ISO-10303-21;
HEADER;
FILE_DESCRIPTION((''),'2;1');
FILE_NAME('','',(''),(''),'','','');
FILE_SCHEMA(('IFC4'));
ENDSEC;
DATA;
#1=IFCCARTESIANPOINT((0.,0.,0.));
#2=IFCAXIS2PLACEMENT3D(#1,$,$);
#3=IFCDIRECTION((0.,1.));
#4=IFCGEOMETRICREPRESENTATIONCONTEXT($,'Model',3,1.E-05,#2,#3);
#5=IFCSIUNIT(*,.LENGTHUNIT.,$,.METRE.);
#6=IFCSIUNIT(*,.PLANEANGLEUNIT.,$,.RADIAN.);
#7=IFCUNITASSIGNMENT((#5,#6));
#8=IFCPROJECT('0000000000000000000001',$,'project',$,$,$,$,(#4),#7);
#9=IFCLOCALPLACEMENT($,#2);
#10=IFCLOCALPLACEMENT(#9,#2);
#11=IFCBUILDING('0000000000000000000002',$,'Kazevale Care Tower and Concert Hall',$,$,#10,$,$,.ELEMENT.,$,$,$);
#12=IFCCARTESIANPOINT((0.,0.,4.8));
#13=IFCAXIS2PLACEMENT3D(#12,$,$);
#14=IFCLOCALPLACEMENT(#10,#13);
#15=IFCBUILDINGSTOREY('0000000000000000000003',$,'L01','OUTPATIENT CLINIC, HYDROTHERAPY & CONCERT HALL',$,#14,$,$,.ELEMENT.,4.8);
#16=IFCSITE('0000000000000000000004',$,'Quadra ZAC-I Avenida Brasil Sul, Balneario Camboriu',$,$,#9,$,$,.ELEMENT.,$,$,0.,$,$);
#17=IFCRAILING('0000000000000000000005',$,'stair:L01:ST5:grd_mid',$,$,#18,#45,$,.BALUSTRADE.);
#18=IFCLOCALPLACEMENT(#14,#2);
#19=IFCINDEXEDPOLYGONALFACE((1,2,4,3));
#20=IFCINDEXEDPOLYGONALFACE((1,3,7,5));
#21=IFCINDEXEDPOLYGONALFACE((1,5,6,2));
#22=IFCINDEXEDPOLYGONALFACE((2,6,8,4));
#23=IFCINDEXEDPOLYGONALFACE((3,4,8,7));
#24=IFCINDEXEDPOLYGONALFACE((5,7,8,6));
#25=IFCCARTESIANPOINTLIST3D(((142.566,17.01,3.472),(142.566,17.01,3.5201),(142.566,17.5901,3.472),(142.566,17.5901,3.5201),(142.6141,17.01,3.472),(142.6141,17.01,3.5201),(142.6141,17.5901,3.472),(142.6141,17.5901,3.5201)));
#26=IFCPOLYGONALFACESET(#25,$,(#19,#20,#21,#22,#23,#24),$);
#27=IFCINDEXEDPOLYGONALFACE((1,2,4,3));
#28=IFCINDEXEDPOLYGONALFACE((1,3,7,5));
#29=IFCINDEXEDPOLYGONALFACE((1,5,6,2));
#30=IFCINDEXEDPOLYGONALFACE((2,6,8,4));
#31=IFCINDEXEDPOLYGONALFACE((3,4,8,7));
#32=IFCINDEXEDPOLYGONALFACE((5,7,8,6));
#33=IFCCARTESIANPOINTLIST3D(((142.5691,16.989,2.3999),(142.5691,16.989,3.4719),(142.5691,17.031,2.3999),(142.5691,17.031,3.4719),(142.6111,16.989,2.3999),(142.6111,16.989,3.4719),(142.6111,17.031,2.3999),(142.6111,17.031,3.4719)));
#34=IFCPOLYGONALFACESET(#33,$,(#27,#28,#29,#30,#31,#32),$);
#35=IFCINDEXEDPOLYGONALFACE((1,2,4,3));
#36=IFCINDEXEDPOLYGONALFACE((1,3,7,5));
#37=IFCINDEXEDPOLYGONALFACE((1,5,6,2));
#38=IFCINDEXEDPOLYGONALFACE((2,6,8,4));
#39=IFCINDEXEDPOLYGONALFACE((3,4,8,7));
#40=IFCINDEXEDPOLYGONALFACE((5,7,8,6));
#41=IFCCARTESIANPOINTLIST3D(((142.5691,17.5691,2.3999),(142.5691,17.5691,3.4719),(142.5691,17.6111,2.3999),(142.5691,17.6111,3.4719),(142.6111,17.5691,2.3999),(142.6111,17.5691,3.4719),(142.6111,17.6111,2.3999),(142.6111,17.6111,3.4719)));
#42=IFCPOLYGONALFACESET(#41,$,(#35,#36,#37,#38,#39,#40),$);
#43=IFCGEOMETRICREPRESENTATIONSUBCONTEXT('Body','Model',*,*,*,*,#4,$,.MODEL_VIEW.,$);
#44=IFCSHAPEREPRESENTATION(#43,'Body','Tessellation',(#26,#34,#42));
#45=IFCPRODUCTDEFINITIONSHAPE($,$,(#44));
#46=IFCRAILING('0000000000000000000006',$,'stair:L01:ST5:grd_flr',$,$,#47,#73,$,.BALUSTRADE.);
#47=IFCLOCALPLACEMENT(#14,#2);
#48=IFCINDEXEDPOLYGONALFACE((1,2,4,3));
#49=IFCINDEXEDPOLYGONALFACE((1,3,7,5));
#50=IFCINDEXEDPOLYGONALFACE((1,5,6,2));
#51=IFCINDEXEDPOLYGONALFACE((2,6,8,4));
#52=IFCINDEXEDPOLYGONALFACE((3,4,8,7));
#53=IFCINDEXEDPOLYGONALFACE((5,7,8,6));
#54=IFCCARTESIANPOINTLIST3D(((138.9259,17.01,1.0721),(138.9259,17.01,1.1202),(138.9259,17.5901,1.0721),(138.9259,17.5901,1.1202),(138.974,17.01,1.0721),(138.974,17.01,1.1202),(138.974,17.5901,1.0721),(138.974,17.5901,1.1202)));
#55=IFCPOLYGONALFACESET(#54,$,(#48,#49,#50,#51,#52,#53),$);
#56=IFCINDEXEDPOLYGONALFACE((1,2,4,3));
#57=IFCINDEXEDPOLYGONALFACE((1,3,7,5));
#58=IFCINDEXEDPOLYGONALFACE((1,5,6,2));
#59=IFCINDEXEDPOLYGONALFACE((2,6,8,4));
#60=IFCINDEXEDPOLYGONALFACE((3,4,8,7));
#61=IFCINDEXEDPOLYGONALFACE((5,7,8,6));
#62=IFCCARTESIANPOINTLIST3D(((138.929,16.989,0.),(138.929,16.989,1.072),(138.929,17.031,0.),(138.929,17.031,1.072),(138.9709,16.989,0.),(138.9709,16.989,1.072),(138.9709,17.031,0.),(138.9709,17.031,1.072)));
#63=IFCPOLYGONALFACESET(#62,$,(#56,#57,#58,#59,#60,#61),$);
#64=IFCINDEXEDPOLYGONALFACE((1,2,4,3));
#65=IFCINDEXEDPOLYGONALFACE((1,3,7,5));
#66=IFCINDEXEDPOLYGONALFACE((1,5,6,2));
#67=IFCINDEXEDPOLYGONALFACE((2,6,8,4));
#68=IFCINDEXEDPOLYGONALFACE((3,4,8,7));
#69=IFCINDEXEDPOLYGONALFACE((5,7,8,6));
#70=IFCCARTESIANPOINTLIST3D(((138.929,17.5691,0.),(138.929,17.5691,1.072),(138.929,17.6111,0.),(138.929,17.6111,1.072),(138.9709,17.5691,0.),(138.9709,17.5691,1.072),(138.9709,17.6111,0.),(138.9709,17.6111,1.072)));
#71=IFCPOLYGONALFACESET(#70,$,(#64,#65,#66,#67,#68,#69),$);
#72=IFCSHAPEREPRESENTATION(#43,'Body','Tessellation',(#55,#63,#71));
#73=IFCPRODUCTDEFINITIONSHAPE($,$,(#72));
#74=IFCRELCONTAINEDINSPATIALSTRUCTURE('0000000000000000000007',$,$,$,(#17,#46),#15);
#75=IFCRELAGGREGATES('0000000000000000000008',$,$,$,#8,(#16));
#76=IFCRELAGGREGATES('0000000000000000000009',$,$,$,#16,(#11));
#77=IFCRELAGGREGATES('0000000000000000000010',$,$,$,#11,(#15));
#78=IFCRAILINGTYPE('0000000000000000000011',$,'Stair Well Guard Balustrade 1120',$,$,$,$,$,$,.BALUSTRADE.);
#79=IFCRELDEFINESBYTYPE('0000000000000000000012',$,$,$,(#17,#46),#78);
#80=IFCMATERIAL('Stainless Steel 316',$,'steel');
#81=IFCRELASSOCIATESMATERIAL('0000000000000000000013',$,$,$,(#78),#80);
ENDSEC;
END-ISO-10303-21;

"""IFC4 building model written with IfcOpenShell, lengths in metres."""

from ifc_helpers import new_model, si_unit, direction, frame, origin, origin_2d, place, context, subcontext, project, spatial, rectangle, extrude, material, type_object, element, save


model = new_model("IFC4")

# Units and contexts
model_context = context("Model", 3, precision=1e-05, world=origin(), true_north=direction((0.0, 1.0)))
body_context = subcontext(model_context, "Body", "Model", "MODEL_VIEW")
ifc_project = project(units=[si_unit("LENGTHUNIT", "METRE"), si_unit("PLANEANGLEUNIT", "RADIAN")], contexts=[model_context])

# Site, building, storey
site_placement = place(None, origin())
site = spatial("IfcSite", under=ifc_project, at=site_placement, Name="Quadra ZAC-I Avenida Brasil Sul, Balneario Camboriu", CompositionType="ELEMENT", RefElevation=0.0)
building_placement = place(site_placement, origin())
building = spatial("IfcBuilding", under=site, at=building_placement, Name="Kazevale Care Tower and Concert Hall", CompositionType="ELEMENT")
storey_placement = place(building_placement, frame((0.0, 0.0, 4.8)))
storey = spatial("IfcBuildingStorey", under=building, at=storey_placement, Name="L01", Description="OUTPATIENT CLINIC, HYDROTHERAPY & CONCERT HALL", CompositionType="ELEMENT", Elevation=4.8)

# Railings
ifc_material_1 = material(Name="Stainless Steel 316", Category="steel")
railing_type_1 = type_object("IfcRailingType", Name="Stair Well Guard Balustrade 1120", PredefinedType="BALUSTRADE", material=ifc_material_1)
for number, where, name in (
    (1, (142.5901, 17.01, 2.3999), "stair:L01:ST5:grd_mid"),
    (2, (138.95, 17.01, 0.0), "stair:L01:ST5:grd_flr"),
):
    element("IfcRailing", number, at=place(storey_placement, frame(where)), inside=storey, type_object=railing_type_1, Name=name, PredefinedType="BALUSTRADE", context=body_context, shape_type="SweptSolid", body=[
        extrude(rectangle(XDim=0.0481, YDim=0.0481, at=origin_2d()), frame((0.0, 0.0, 1.0962), z_axis=(0.0, 1.0, 0.0), x_axis=(-1.0, 0.0, 0.0)), (0.0, 0.0, 1.0), 0.5801),
        extrude(rectangle(XDim=0.042, YDim=0.042, at=origin_2d()), origin(), (0.0, 0.0, 1.0), 1.072),
        extrude(rectangle(XDim=0.042, YDim=0.042, at=origin_2d()), frame((0.0, 0.5801, 0.0)), (0.0, 0.0, 1.0), 1.072),
    ])

save(model, "model.ifc")
